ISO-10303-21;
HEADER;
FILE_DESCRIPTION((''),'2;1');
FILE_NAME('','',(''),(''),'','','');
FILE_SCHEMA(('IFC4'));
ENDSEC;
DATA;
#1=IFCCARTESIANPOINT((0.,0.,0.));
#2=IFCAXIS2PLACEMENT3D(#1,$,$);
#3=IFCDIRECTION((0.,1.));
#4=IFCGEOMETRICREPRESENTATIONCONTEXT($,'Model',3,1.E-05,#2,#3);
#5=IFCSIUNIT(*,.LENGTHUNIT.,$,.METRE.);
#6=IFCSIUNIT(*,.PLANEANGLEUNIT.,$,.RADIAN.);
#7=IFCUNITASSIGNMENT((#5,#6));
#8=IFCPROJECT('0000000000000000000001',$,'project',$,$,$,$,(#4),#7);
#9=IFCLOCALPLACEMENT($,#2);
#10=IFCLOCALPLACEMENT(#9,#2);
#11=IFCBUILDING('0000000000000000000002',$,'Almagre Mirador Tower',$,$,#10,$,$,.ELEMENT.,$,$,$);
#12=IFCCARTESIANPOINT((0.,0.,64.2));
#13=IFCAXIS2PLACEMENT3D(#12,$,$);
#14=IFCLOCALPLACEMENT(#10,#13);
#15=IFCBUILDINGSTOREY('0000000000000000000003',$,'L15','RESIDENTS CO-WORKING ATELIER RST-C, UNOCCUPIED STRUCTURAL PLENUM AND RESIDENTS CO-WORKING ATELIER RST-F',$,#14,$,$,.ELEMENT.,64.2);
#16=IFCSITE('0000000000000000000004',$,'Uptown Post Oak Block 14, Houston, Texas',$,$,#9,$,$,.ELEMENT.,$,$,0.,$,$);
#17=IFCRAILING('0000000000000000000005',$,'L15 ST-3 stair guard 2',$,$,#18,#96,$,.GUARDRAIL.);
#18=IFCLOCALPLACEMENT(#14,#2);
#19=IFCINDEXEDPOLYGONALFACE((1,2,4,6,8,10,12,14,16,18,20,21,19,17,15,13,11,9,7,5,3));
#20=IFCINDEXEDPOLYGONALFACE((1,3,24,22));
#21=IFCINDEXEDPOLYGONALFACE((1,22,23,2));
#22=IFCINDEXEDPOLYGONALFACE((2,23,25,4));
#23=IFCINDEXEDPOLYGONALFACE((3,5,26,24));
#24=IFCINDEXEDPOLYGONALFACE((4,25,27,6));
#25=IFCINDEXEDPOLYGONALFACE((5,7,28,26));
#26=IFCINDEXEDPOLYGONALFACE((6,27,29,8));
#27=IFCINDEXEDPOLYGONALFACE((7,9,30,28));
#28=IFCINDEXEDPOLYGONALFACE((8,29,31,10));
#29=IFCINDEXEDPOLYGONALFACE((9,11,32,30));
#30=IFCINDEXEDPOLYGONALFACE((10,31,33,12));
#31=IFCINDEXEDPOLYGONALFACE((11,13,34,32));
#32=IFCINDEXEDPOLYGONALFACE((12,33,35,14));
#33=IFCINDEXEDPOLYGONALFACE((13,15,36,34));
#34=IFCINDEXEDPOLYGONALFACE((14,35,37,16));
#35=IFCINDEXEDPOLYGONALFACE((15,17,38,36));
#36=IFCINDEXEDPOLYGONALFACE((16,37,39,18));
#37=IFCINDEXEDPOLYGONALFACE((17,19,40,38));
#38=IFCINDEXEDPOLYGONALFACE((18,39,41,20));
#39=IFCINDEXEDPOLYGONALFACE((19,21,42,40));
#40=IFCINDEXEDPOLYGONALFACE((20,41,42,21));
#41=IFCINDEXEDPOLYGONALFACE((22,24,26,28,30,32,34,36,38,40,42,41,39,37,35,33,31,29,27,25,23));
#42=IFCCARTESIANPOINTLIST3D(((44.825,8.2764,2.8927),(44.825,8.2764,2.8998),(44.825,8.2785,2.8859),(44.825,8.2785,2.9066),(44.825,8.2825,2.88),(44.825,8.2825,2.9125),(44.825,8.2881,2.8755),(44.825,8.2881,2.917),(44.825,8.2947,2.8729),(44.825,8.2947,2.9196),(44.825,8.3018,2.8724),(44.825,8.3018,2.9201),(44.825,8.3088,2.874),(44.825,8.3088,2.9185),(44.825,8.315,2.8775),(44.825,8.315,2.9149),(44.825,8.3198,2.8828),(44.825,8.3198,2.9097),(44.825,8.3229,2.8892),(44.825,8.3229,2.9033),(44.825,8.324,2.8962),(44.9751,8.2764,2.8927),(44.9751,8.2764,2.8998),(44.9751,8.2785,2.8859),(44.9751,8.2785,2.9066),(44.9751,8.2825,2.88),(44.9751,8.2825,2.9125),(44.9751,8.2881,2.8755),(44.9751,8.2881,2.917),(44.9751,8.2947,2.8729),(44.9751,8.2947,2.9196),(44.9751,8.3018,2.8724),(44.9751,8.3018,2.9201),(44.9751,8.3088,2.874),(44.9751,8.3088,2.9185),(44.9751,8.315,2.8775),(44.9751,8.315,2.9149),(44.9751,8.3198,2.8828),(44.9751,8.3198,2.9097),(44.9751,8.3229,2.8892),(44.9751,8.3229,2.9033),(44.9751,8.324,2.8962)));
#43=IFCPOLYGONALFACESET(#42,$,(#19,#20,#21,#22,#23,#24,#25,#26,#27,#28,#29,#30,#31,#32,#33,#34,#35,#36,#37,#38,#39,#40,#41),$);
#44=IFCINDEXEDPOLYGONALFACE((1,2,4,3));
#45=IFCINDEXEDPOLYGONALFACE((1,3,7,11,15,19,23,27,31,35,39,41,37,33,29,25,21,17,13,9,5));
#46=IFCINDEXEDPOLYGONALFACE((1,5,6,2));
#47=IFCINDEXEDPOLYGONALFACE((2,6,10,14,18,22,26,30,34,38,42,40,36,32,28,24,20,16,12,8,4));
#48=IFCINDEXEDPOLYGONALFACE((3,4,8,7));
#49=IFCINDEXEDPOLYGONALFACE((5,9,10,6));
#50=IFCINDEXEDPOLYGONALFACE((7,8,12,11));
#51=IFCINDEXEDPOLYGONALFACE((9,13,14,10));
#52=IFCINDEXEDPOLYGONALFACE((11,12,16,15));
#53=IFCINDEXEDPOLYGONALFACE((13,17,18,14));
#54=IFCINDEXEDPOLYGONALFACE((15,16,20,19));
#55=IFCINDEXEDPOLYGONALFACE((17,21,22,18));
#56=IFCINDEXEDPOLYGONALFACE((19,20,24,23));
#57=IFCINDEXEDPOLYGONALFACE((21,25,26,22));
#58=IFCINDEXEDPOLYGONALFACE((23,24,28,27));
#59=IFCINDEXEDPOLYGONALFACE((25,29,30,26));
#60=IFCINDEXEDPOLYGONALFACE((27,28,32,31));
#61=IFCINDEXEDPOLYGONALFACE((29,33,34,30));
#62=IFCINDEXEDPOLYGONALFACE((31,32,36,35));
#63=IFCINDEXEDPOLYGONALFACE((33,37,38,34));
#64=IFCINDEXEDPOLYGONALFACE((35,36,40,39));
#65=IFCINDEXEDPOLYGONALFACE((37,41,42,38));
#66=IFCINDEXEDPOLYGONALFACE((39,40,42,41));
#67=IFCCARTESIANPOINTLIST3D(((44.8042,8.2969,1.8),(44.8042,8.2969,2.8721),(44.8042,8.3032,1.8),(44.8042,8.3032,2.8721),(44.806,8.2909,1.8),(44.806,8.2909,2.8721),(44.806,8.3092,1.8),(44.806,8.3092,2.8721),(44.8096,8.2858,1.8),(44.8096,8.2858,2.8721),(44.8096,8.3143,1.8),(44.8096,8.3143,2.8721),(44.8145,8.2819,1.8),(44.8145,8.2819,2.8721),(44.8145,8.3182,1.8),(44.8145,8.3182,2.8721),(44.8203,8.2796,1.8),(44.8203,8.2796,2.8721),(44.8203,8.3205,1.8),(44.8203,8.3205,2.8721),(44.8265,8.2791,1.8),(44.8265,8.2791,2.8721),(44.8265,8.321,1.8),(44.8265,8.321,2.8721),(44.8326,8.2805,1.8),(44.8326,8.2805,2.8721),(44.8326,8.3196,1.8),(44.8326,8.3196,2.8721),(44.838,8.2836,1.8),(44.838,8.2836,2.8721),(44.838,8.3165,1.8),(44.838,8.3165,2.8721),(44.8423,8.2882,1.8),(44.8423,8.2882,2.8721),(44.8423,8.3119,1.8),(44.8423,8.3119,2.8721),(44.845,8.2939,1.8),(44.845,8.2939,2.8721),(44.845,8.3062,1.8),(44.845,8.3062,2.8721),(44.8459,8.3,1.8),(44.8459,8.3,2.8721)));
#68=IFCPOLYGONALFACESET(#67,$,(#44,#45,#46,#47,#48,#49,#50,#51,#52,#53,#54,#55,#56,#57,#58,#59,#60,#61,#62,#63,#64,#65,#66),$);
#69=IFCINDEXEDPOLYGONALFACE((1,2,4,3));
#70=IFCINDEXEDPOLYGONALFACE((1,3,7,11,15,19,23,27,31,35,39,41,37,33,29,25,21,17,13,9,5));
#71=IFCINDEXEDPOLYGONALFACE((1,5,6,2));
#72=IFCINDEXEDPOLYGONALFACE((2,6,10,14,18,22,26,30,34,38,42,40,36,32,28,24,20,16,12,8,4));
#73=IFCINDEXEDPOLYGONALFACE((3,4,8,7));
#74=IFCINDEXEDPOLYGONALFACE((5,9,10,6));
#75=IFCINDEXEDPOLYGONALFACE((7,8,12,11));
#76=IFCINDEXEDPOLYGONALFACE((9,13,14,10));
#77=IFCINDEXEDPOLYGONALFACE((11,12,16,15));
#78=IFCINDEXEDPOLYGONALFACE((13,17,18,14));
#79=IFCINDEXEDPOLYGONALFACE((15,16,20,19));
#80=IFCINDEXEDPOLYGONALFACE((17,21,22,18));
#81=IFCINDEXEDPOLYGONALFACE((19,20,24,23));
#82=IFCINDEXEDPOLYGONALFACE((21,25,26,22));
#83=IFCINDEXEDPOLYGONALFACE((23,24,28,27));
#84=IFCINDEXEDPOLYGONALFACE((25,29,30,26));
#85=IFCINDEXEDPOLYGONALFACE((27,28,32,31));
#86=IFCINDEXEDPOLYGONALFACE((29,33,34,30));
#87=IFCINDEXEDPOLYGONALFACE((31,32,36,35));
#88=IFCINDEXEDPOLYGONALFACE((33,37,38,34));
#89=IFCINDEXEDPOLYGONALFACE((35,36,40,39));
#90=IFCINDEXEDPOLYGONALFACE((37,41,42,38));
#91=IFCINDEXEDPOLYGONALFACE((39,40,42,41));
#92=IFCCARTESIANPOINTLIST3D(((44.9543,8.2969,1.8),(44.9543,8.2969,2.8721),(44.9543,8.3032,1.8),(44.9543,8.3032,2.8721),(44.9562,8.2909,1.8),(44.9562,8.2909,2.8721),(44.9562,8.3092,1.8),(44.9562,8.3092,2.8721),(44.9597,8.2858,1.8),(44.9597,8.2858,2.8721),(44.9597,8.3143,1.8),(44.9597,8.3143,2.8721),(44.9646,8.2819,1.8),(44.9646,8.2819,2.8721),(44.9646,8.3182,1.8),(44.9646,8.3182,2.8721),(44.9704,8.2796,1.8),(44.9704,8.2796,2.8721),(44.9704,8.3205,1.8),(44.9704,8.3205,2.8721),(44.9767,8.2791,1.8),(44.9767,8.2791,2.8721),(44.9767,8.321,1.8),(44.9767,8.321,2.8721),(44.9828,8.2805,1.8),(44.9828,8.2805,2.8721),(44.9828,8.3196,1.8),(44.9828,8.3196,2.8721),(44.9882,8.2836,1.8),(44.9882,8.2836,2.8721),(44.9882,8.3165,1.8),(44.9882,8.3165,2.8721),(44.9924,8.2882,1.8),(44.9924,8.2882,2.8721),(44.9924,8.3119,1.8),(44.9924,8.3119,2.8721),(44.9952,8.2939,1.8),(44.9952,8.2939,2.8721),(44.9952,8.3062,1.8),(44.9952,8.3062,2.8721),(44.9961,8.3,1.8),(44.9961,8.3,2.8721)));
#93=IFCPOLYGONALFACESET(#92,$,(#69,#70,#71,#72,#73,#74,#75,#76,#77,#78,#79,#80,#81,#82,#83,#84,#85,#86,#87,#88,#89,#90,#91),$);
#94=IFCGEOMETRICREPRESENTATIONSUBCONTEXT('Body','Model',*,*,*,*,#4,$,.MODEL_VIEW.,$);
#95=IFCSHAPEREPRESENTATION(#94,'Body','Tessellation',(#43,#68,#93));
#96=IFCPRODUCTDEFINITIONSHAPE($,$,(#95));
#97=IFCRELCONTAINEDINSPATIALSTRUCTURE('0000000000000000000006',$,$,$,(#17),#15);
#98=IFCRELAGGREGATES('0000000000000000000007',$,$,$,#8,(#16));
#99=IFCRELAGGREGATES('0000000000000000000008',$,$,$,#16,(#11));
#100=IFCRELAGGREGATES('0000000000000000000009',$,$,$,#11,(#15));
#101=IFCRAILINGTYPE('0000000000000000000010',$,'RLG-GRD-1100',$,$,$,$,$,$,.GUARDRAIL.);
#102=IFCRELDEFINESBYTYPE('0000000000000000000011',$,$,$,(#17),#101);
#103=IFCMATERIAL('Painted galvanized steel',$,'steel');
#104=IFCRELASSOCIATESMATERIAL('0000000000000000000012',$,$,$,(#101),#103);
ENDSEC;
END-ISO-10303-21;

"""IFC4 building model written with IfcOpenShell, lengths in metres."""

from ifc_helpers import new_model, si_unit, direction, frame, origin, origin_2d, place, context, subcontext, project, spatial, circle, extrude, material, type_object, element, save


model = new_model("IFC4")

# Units and contexts
model_context = context("Model", 3, precision=1e-05, world=origin(), true_north=direction((0.0, 1.0)))
body_context = subcontext(model_context, "Body", "Model", "MODEL_VIEW")
ifc_project = project(units=[si_unit("LENGTHUNIT", "METRE"), si_unit("PLANEANGLEUNIT", "RADIAN")], contexts=[model_context])

# Site, building, storey
site_placement = place(None, origin())
site = spatial("IfcSite", under=ifc_project, at=site_placement, Name="Uptown Post Oak Block 14, Houston, Texas", CompositionType="ELEMENT", RefElevation=0.0)
building_placement = place(site_placement, origin())
building = spatial("IfcBuilding", under=site, at=building_placement, Name="Almagre Mirador Tower", CompositionType="ELEMENT")
storey_placement = place(building_placement, frame((0.0, 0.0, 64.2)))
storey = spatial("IfcBuildingStorey", under=building, at=storey_placement, Name="L15", Description="RESIDENTS CO-WORKING ATELIER RST-C, UNOCCUPIED STRUCTURAL PLENUM AND RESIDENTS CO-WORKING ATELIER RST-F", CompositionType="ELEMENT", Elevation=64.2)

# Railing
ifc_material_1 = material(Name="Painted galvanized steel", Category="steel")
railing_type_1 = type_object("IfcRailingType", Name="RLG-GRD-1100", PredefinedType="GUARDRAIL", material=ifc_material_1)
railing_1_placement = place(storey_placement, frame((44.825, 8.3, 1.8)))
element("IfcRailing", 1, at=railing_1_placement, inside=storey, type_object=railing_type_1, Name="L15 ST-3 stair guard 2", PredefinedType="GUARDRAIL", context=body_context, shape_type="SweptSolid", body=[
    extrude(circle(Radius=0.0239, at=origin_2d()), frame((0.0, 0.0, 1.0962), z_axis=(1.0, 0.0, 0.0), x_axis=(0.0, 1.0, 0.0)), (0.0, 0.0, 1.0), 0.1501),
    extrude(circle(Radius=0.021, at=origin_2d()), origin(), (0.0, 0.0, 1.0), 1.072),
    extrude(circle(Radius=0.021, at=origin_2d()), frame((0.1501, 0.0, 0.0)), (0.0, 0.0, 1.0), 1.072),
])

save(model, "model.ifc")
